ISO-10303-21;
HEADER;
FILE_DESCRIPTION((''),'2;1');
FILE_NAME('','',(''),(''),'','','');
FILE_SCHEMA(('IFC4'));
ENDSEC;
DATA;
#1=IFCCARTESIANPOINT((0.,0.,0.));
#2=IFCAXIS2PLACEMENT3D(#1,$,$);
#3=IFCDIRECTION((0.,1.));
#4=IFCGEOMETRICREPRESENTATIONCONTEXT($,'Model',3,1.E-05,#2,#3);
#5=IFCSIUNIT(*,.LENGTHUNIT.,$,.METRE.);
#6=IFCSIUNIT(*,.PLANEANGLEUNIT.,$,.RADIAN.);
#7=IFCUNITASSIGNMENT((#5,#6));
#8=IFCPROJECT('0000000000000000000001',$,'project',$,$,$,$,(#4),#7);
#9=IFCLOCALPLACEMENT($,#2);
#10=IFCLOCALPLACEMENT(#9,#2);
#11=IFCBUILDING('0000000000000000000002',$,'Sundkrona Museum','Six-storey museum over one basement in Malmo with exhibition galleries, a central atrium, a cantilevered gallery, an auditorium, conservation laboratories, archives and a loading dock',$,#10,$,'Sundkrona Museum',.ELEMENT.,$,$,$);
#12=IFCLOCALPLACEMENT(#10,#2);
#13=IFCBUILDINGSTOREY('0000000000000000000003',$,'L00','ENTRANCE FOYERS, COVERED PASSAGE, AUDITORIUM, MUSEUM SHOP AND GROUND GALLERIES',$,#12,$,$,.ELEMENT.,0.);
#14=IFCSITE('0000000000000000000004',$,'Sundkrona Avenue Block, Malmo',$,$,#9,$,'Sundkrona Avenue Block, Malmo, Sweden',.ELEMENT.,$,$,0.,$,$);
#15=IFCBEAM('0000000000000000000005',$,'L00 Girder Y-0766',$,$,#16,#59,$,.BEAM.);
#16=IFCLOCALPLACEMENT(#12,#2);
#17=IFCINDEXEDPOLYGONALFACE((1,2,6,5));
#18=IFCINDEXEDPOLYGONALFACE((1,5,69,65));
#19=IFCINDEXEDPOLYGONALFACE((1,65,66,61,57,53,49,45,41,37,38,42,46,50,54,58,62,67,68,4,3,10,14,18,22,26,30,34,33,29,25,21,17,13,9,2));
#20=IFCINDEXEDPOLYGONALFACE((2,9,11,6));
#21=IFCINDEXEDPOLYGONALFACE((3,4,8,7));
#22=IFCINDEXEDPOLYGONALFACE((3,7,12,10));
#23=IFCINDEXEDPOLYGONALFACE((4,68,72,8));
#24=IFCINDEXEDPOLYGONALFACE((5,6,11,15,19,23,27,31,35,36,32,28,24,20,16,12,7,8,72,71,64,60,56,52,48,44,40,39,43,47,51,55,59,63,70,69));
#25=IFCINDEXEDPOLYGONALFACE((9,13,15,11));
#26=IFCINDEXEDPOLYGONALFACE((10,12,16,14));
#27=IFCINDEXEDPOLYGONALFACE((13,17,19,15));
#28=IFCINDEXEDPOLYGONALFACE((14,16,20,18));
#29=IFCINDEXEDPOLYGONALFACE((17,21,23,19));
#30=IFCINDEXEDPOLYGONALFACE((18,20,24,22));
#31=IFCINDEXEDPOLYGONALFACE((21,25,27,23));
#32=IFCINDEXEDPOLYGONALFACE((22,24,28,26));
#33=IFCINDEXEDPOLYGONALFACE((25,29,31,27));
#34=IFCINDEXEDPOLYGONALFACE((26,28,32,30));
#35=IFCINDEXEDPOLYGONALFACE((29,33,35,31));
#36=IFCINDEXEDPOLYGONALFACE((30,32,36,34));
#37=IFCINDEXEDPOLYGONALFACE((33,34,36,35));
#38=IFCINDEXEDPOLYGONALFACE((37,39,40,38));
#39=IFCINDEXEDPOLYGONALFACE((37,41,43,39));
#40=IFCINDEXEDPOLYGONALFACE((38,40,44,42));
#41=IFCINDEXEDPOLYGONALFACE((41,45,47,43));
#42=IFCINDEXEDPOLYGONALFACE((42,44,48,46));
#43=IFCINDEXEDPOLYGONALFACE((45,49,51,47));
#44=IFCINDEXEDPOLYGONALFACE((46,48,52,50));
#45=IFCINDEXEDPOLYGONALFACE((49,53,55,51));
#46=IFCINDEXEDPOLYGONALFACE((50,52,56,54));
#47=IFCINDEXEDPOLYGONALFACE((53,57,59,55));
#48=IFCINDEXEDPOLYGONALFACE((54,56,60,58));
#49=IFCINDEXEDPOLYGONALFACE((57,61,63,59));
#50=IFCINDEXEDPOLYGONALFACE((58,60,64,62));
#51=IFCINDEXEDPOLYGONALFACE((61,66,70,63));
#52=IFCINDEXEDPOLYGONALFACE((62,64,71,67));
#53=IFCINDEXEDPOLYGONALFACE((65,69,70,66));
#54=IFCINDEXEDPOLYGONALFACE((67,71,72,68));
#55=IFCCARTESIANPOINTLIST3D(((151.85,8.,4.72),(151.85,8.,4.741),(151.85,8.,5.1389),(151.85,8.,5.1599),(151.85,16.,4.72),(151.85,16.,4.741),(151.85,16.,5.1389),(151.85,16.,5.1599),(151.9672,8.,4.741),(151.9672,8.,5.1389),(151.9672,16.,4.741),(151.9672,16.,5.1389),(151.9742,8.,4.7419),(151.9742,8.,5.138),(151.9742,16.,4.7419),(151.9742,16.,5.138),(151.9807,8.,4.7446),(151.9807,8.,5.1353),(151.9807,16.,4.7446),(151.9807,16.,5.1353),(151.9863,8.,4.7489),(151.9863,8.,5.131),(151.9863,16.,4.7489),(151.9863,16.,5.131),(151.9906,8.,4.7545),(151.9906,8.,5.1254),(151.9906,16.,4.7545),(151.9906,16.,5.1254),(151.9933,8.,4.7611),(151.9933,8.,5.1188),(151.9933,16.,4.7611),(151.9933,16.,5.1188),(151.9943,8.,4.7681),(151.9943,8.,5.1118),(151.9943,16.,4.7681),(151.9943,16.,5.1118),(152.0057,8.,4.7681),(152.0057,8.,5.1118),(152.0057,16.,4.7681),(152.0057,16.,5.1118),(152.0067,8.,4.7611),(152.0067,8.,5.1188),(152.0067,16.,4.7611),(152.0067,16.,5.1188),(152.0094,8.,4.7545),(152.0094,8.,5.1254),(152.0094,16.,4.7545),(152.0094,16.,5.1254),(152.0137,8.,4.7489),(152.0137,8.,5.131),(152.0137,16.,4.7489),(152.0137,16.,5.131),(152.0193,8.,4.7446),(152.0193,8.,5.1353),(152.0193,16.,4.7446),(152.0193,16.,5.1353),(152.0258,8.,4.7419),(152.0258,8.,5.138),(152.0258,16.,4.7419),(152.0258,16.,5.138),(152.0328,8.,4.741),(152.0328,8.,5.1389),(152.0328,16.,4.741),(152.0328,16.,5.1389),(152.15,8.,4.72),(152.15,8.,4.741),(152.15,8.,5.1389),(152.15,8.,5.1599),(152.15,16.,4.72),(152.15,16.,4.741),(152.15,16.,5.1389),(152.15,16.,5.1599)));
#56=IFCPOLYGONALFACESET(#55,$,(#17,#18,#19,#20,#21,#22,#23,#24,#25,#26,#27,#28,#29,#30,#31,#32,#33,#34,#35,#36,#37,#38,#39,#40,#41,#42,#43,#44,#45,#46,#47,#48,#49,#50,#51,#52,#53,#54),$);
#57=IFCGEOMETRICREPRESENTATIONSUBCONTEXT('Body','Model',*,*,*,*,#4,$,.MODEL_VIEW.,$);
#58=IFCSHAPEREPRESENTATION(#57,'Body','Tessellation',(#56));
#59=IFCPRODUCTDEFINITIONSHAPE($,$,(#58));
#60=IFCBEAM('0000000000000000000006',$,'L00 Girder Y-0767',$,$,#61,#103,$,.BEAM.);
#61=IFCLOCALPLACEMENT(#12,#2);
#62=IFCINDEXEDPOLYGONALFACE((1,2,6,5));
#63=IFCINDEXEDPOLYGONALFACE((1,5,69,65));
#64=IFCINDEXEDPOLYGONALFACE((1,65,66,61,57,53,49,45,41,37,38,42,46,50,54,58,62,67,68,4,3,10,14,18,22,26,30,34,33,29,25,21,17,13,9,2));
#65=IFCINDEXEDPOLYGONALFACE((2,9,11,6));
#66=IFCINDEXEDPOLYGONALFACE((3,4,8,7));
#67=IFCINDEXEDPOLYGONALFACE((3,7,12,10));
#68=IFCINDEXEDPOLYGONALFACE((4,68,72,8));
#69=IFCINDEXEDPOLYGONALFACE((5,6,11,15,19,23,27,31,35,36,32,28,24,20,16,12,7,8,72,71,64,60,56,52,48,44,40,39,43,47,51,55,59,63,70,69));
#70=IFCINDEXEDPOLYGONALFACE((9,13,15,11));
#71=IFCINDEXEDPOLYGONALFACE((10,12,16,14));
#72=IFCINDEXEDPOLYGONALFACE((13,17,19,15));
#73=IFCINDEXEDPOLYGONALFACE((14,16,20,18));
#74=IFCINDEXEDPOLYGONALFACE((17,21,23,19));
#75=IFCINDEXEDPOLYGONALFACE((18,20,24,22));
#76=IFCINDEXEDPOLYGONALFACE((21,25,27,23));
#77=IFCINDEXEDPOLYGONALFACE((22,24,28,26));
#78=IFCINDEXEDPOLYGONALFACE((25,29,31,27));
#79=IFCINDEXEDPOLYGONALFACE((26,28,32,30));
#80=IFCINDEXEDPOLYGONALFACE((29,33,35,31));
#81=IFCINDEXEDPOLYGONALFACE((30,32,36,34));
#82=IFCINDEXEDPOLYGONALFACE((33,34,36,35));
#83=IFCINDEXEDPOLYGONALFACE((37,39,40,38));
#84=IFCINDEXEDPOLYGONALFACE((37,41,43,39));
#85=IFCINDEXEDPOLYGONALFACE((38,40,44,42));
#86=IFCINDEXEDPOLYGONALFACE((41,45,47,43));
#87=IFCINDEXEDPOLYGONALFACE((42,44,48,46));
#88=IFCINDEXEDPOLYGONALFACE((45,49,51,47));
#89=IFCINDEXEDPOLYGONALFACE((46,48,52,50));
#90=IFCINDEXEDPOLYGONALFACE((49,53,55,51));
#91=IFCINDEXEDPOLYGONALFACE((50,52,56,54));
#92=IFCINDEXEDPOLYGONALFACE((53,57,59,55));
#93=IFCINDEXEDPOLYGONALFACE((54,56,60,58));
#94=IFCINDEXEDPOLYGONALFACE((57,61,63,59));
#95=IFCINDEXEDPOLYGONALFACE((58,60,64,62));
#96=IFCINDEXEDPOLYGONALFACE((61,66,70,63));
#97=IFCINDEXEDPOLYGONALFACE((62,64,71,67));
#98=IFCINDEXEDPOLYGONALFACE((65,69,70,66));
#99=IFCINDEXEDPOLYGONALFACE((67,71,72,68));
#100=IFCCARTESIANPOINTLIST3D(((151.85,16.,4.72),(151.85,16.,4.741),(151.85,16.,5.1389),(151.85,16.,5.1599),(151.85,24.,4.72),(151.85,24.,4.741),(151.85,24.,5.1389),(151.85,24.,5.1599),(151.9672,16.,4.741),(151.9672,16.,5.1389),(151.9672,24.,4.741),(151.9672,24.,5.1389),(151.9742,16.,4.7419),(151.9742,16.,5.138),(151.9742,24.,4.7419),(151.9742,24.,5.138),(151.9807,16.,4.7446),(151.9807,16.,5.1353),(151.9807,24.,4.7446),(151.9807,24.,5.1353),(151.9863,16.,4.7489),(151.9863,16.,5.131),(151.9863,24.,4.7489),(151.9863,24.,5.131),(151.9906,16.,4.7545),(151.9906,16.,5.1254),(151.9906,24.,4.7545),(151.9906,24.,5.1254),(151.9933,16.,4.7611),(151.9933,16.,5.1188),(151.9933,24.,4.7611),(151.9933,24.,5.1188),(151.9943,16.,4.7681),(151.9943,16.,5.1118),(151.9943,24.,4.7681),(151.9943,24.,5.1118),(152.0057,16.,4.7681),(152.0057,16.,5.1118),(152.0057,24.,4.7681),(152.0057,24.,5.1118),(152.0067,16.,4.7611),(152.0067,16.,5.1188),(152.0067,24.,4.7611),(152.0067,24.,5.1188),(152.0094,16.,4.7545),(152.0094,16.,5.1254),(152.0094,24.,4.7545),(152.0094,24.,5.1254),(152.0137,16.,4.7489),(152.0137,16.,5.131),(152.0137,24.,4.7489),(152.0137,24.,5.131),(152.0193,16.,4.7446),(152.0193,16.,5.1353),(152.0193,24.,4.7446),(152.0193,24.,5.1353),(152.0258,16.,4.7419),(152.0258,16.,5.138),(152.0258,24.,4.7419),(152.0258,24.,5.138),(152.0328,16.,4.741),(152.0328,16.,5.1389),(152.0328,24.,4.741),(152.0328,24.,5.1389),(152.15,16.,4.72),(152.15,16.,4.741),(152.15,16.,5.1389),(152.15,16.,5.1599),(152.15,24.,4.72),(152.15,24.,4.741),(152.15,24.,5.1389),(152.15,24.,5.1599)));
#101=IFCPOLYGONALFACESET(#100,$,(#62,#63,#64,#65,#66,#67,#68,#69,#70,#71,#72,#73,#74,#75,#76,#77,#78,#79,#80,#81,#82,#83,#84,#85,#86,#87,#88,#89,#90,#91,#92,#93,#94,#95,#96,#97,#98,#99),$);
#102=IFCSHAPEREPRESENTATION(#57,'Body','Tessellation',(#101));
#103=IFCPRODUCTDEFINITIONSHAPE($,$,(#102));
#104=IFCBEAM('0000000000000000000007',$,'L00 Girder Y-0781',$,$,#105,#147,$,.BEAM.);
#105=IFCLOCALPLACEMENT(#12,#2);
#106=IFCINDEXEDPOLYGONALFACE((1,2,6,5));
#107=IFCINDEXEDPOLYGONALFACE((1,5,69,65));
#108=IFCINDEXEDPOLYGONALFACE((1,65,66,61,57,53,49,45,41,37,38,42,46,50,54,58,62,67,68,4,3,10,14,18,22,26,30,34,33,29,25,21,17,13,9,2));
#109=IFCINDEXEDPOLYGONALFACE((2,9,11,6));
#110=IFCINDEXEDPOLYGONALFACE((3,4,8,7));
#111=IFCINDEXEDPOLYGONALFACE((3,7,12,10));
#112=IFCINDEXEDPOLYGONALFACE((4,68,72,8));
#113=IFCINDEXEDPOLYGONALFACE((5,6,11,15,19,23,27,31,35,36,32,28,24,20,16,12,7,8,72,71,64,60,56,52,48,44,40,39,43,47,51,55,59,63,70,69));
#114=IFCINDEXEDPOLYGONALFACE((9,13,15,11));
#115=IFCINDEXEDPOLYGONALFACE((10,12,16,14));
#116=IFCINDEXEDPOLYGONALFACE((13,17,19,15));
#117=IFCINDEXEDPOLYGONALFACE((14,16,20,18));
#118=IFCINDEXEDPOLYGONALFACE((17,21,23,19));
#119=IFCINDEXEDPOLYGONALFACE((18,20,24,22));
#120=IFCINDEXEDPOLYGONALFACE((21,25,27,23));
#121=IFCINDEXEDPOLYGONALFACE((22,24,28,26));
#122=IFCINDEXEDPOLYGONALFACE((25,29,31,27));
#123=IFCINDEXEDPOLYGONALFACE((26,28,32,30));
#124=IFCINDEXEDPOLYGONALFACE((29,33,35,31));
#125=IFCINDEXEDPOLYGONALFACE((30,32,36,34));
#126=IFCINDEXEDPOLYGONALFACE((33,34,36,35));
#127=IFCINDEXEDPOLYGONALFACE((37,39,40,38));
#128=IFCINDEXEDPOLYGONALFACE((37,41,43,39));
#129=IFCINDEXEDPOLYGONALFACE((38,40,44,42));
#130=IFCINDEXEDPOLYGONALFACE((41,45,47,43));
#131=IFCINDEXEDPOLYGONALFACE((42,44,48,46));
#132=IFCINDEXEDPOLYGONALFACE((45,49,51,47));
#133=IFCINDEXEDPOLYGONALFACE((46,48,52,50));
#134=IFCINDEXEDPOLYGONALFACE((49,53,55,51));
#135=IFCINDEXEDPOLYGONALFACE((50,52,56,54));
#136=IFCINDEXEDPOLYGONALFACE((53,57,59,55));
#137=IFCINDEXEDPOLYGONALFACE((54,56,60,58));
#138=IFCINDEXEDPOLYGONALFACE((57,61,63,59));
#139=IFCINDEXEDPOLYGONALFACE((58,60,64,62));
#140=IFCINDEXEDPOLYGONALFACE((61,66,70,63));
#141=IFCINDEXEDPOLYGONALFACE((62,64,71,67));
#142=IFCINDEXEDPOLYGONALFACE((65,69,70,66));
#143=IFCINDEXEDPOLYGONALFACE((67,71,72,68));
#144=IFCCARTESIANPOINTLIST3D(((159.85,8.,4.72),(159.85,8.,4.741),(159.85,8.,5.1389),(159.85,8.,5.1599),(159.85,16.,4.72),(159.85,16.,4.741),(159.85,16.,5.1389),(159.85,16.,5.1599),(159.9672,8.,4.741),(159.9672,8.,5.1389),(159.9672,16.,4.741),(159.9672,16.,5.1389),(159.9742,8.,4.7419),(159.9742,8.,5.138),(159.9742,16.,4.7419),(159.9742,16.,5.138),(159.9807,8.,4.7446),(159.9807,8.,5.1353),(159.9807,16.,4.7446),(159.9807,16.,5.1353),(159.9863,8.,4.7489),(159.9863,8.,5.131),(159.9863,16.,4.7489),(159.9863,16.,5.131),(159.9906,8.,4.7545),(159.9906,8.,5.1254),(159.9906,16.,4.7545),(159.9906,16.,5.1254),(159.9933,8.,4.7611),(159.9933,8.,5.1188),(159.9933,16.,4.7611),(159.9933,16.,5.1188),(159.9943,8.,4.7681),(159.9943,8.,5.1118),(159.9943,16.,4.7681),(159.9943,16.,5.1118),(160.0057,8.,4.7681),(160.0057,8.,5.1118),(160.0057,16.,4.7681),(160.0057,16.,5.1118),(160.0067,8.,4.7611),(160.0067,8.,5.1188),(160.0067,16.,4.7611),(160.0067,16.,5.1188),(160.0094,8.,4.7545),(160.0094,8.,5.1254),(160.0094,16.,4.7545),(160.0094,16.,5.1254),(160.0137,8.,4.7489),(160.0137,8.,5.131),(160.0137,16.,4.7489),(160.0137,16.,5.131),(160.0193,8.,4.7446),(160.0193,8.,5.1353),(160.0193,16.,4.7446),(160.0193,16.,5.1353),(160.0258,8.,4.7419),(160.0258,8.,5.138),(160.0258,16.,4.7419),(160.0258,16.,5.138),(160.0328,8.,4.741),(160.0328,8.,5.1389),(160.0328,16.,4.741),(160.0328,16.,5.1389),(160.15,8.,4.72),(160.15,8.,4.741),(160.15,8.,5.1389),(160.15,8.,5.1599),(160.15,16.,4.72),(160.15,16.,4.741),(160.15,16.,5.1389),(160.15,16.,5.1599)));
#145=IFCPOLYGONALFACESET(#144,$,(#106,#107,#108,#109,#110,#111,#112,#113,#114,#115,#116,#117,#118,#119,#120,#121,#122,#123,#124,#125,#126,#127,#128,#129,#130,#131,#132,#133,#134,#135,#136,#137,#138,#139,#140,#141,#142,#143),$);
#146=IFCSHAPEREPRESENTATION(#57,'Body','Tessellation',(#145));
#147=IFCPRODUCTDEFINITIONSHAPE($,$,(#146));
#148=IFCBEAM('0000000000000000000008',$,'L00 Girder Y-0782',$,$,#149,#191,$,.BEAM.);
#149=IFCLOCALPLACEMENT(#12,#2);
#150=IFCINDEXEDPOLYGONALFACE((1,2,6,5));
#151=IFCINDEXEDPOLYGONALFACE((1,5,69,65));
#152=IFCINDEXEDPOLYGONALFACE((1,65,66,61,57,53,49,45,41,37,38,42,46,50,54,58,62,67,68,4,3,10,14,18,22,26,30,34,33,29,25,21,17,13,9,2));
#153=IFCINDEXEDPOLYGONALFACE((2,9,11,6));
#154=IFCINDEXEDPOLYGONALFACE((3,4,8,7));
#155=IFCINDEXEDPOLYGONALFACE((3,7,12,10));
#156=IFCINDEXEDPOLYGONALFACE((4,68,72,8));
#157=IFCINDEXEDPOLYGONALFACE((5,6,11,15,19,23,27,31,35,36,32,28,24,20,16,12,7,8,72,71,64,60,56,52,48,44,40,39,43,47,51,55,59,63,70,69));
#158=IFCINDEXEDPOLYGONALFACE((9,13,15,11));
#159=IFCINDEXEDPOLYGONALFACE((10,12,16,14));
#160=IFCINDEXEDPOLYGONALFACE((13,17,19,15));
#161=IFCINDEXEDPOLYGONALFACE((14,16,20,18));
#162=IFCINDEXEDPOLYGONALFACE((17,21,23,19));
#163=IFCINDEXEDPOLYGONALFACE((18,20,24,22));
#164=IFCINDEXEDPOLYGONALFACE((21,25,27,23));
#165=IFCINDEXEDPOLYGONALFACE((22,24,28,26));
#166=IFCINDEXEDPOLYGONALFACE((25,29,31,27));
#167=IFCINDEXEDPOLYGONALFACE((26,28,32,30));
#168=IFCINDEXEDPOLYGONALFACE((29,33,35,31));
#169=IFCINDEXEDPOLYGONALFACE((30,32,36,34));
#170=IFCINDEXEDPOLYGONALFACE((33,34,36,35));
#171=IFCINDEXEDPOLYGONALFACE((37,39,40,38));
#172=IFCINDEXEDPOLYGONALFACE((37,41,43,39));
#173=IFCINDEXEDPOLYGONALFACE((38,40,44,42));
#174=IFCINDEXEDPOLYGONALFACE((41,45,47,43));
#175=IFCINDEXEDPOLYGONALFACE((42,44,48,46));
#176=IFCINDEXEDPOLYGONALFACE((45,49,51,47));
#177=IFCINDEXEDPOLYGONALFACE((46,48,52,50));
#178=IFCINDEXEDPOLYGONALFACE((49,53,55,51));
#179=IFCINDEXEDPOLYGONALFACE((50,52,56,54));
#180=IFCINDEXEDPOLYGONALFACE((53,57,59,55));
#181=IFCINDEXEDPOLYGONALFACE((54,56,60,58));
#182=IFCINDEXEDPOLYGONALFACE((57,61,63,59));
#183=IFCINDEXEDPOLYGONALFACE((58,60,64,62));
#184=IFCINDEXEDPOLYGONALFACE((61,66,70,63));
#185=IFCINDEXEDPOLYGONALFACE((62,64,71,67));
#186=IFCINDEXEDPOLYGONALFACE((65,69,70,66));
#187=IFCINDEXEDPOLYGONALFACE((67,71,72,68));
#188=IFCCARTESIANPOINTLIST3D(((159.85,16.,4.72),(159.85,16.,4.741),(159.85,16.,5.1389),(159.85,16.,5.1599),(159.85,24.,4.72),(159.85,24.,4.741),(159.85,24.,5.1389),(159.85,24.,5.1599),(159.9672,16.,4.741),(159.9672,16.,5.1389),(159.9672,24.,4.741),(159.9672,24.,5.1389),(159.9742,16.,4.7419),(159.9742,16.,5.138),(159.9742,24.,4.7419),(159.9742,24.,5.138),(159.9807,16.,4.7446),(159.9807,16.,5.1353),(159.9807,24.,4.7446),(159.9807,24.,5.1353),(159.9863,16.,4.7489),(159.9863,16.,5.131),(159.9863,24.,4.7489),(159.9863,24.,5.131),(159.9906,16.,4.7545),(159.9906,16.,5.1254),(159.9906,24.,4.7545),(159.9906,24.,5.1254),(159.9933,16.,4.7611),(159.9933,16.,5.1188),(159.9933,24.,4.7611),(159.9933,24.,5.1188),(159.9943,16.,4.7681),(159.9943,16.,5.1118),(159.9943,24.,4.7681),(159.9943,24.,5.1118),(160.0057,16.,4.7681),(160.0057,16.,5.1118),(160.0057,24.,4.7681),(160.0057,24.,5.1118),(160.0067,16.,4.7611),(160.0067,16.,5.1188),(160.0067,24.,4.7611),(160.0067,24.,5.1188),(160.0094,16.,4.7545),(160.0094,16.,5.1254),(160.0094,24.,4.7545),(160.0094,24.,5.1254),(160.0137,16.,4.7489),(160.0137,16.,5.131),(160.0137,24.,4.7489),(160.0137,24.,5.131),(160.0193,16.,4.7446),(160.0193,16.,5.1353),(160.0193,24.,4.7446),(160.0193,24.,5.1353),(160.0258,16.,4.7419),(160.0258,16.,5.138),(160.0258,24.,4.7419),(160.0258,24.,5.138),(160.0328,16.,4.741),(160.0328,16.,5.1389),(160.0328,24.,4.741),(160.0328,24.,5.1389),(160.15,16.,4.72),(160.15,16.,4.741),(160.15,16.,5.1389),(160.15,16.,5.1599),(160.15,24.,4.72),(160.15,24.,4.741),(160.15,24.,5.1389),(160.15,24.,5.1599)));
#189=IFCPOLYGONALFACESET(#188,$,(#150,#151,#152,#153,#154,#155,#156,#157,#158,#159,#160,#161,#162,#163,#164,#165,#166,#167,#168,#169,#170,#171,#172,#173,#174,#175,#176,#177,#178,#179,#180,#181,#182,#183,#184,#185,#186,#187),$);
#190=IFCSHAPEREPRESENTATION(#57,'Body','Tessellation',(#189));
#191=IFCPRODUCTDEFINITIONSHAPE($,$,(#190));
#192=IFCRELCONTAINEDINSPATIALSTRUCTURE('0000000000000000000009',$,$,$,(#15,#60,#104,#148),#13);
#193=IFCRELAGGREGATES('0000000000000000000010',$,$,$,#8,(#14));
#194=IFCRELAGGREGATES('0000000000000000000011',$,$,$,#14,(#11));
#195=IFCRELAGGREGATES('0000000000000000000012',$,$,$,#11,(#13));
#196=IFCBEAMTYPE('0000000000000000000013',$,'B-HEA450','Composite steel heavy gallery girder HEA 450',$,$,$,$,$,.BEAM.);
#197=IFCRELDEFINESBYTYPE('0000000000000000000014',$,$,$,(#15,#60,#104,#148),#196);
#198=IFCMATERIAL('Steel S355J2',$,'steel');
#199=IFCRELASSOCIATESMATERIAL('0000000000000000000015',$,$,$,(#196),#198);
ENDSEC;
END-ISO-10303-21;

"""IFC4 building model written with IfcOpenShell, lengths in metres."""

from ifc_helpers import new_model, si_unit, direction, frame, origin, origin_2d, place, context, subcontext, project, spatial, i_section, extrude, material, material_profile, profile_set, type_object, element, save


model = new_model("IFC4")

# Units and contexts
model_context = context("Model", 3, precision=1e-05, world=origin(), true_north=direction((0.0, 1.0)))
body_context = subcontext(model_context, "Body", "Model", "MODEL_VIEW")
ifc_project = project(units=[si_unit("LENGTHUNIT", "METRE"), si_unit("PLANEANGLEUNIT", "RADIAN")], contexts=[model_context])

# Site, building, storey
site_placement = place(None, origin())
site = spatial("IfcSite", under=ifc_project, at=site_placement, Name="Sundkrona Avenue Block, Malmo", LongName="Sundkrona Avenue Block, Malmo, Sweden", CompositionType="ELEMENT", RefElevation=0.0)
building_placement = place(site_placement, origin())
building = spatial("IfcBuilding", under=site, at=building_placement, Name="Sundkrona Museum", Description="Six-storey museum over one basement in Malmo with exhibition galleries, a central atrium, a cantilevered gallery, an auditorium, conservation laboratories, archives and a loading dock", LongName="Sundkrona Museum", CompositionType="ELEMENT")
storey_placement = place(building_placement, origin())
storey = spatial("IfcBuildingStorey", under=building, at=storey_placement, Name="L00", Description="ENTRANCE FOYERS, COVERED PASSAGE, AUDITORIUM, MUSEUM SHOP AND GROUND GALLERIES", CompositionType="ELEMENT", Elevation=0.0)

# Shared definitions
ifc_material_1 = material(Name="Steel S355J2", Category="steel")

# Beams
ifc_material_profile_1 = material_profile(ifc_material_1, i_section(OverallWidth=0.3, OverallDepth=0.4399, WebThickness=0.0115, FlangeThickness=0.021, FilletRadius=0.0271, at=origin_2d()), Name="HEA 450")
ifc_profile_set_1 = profile_set([ifc_material_profile_1], Name="Steel S355J2")
beam_type_1 = type_object("IfcBeamType", Name="B-HEA450", Description="Composite steel heavy gallery girder HEA 450", PredefinedType="BEAM", material=ifc_profile_set_1)
for number, where, z_axis, x_axis, name in (
    (1, (152.0, 8.0, 4.9399), (0.0, 1.0, 0.0), (-1.0, 0.0, 0.0), "L00 Girder Y-0766"),
    (2, (152.0, 16.0, 4.9399), (0.0, 1.0, 0.0), (-1.0, 0.0, 0.0), "L00 Girder Y-0767"),
    (3, (160.0, 8.0, 4.9399), (0.0, 1.0, 0.0), (-1.0, 0.0, 0.0), "L00 Girder Y-0781"),
    (4, (160.0, 16.0, 4.9399), (0.0, 1.0, 0.0), (-1.0, 0.0, 0.0), "L00 Girder Y-0782"),
):
    element("IfcBeam", number, at=place(storey_placement, frame(where, z_axis=z_axis, x_axis=x_axis)), inside=storey, type_object=beam_type_1, Name=name, PredefinedType="BEAM", context=body_context, shape_type="SweptSolid", body=[
        extrude(i_section(OverallWidth=0.3, OverallDepth=0.4399, WebThickness=0.0115, FlangeThickness=0.021, FilletRadius=0.0271, at=origin_2d()), origin(), (0.0, 0.0, 1.0), 8.0),
    ])

save(model, "model.ifc")
